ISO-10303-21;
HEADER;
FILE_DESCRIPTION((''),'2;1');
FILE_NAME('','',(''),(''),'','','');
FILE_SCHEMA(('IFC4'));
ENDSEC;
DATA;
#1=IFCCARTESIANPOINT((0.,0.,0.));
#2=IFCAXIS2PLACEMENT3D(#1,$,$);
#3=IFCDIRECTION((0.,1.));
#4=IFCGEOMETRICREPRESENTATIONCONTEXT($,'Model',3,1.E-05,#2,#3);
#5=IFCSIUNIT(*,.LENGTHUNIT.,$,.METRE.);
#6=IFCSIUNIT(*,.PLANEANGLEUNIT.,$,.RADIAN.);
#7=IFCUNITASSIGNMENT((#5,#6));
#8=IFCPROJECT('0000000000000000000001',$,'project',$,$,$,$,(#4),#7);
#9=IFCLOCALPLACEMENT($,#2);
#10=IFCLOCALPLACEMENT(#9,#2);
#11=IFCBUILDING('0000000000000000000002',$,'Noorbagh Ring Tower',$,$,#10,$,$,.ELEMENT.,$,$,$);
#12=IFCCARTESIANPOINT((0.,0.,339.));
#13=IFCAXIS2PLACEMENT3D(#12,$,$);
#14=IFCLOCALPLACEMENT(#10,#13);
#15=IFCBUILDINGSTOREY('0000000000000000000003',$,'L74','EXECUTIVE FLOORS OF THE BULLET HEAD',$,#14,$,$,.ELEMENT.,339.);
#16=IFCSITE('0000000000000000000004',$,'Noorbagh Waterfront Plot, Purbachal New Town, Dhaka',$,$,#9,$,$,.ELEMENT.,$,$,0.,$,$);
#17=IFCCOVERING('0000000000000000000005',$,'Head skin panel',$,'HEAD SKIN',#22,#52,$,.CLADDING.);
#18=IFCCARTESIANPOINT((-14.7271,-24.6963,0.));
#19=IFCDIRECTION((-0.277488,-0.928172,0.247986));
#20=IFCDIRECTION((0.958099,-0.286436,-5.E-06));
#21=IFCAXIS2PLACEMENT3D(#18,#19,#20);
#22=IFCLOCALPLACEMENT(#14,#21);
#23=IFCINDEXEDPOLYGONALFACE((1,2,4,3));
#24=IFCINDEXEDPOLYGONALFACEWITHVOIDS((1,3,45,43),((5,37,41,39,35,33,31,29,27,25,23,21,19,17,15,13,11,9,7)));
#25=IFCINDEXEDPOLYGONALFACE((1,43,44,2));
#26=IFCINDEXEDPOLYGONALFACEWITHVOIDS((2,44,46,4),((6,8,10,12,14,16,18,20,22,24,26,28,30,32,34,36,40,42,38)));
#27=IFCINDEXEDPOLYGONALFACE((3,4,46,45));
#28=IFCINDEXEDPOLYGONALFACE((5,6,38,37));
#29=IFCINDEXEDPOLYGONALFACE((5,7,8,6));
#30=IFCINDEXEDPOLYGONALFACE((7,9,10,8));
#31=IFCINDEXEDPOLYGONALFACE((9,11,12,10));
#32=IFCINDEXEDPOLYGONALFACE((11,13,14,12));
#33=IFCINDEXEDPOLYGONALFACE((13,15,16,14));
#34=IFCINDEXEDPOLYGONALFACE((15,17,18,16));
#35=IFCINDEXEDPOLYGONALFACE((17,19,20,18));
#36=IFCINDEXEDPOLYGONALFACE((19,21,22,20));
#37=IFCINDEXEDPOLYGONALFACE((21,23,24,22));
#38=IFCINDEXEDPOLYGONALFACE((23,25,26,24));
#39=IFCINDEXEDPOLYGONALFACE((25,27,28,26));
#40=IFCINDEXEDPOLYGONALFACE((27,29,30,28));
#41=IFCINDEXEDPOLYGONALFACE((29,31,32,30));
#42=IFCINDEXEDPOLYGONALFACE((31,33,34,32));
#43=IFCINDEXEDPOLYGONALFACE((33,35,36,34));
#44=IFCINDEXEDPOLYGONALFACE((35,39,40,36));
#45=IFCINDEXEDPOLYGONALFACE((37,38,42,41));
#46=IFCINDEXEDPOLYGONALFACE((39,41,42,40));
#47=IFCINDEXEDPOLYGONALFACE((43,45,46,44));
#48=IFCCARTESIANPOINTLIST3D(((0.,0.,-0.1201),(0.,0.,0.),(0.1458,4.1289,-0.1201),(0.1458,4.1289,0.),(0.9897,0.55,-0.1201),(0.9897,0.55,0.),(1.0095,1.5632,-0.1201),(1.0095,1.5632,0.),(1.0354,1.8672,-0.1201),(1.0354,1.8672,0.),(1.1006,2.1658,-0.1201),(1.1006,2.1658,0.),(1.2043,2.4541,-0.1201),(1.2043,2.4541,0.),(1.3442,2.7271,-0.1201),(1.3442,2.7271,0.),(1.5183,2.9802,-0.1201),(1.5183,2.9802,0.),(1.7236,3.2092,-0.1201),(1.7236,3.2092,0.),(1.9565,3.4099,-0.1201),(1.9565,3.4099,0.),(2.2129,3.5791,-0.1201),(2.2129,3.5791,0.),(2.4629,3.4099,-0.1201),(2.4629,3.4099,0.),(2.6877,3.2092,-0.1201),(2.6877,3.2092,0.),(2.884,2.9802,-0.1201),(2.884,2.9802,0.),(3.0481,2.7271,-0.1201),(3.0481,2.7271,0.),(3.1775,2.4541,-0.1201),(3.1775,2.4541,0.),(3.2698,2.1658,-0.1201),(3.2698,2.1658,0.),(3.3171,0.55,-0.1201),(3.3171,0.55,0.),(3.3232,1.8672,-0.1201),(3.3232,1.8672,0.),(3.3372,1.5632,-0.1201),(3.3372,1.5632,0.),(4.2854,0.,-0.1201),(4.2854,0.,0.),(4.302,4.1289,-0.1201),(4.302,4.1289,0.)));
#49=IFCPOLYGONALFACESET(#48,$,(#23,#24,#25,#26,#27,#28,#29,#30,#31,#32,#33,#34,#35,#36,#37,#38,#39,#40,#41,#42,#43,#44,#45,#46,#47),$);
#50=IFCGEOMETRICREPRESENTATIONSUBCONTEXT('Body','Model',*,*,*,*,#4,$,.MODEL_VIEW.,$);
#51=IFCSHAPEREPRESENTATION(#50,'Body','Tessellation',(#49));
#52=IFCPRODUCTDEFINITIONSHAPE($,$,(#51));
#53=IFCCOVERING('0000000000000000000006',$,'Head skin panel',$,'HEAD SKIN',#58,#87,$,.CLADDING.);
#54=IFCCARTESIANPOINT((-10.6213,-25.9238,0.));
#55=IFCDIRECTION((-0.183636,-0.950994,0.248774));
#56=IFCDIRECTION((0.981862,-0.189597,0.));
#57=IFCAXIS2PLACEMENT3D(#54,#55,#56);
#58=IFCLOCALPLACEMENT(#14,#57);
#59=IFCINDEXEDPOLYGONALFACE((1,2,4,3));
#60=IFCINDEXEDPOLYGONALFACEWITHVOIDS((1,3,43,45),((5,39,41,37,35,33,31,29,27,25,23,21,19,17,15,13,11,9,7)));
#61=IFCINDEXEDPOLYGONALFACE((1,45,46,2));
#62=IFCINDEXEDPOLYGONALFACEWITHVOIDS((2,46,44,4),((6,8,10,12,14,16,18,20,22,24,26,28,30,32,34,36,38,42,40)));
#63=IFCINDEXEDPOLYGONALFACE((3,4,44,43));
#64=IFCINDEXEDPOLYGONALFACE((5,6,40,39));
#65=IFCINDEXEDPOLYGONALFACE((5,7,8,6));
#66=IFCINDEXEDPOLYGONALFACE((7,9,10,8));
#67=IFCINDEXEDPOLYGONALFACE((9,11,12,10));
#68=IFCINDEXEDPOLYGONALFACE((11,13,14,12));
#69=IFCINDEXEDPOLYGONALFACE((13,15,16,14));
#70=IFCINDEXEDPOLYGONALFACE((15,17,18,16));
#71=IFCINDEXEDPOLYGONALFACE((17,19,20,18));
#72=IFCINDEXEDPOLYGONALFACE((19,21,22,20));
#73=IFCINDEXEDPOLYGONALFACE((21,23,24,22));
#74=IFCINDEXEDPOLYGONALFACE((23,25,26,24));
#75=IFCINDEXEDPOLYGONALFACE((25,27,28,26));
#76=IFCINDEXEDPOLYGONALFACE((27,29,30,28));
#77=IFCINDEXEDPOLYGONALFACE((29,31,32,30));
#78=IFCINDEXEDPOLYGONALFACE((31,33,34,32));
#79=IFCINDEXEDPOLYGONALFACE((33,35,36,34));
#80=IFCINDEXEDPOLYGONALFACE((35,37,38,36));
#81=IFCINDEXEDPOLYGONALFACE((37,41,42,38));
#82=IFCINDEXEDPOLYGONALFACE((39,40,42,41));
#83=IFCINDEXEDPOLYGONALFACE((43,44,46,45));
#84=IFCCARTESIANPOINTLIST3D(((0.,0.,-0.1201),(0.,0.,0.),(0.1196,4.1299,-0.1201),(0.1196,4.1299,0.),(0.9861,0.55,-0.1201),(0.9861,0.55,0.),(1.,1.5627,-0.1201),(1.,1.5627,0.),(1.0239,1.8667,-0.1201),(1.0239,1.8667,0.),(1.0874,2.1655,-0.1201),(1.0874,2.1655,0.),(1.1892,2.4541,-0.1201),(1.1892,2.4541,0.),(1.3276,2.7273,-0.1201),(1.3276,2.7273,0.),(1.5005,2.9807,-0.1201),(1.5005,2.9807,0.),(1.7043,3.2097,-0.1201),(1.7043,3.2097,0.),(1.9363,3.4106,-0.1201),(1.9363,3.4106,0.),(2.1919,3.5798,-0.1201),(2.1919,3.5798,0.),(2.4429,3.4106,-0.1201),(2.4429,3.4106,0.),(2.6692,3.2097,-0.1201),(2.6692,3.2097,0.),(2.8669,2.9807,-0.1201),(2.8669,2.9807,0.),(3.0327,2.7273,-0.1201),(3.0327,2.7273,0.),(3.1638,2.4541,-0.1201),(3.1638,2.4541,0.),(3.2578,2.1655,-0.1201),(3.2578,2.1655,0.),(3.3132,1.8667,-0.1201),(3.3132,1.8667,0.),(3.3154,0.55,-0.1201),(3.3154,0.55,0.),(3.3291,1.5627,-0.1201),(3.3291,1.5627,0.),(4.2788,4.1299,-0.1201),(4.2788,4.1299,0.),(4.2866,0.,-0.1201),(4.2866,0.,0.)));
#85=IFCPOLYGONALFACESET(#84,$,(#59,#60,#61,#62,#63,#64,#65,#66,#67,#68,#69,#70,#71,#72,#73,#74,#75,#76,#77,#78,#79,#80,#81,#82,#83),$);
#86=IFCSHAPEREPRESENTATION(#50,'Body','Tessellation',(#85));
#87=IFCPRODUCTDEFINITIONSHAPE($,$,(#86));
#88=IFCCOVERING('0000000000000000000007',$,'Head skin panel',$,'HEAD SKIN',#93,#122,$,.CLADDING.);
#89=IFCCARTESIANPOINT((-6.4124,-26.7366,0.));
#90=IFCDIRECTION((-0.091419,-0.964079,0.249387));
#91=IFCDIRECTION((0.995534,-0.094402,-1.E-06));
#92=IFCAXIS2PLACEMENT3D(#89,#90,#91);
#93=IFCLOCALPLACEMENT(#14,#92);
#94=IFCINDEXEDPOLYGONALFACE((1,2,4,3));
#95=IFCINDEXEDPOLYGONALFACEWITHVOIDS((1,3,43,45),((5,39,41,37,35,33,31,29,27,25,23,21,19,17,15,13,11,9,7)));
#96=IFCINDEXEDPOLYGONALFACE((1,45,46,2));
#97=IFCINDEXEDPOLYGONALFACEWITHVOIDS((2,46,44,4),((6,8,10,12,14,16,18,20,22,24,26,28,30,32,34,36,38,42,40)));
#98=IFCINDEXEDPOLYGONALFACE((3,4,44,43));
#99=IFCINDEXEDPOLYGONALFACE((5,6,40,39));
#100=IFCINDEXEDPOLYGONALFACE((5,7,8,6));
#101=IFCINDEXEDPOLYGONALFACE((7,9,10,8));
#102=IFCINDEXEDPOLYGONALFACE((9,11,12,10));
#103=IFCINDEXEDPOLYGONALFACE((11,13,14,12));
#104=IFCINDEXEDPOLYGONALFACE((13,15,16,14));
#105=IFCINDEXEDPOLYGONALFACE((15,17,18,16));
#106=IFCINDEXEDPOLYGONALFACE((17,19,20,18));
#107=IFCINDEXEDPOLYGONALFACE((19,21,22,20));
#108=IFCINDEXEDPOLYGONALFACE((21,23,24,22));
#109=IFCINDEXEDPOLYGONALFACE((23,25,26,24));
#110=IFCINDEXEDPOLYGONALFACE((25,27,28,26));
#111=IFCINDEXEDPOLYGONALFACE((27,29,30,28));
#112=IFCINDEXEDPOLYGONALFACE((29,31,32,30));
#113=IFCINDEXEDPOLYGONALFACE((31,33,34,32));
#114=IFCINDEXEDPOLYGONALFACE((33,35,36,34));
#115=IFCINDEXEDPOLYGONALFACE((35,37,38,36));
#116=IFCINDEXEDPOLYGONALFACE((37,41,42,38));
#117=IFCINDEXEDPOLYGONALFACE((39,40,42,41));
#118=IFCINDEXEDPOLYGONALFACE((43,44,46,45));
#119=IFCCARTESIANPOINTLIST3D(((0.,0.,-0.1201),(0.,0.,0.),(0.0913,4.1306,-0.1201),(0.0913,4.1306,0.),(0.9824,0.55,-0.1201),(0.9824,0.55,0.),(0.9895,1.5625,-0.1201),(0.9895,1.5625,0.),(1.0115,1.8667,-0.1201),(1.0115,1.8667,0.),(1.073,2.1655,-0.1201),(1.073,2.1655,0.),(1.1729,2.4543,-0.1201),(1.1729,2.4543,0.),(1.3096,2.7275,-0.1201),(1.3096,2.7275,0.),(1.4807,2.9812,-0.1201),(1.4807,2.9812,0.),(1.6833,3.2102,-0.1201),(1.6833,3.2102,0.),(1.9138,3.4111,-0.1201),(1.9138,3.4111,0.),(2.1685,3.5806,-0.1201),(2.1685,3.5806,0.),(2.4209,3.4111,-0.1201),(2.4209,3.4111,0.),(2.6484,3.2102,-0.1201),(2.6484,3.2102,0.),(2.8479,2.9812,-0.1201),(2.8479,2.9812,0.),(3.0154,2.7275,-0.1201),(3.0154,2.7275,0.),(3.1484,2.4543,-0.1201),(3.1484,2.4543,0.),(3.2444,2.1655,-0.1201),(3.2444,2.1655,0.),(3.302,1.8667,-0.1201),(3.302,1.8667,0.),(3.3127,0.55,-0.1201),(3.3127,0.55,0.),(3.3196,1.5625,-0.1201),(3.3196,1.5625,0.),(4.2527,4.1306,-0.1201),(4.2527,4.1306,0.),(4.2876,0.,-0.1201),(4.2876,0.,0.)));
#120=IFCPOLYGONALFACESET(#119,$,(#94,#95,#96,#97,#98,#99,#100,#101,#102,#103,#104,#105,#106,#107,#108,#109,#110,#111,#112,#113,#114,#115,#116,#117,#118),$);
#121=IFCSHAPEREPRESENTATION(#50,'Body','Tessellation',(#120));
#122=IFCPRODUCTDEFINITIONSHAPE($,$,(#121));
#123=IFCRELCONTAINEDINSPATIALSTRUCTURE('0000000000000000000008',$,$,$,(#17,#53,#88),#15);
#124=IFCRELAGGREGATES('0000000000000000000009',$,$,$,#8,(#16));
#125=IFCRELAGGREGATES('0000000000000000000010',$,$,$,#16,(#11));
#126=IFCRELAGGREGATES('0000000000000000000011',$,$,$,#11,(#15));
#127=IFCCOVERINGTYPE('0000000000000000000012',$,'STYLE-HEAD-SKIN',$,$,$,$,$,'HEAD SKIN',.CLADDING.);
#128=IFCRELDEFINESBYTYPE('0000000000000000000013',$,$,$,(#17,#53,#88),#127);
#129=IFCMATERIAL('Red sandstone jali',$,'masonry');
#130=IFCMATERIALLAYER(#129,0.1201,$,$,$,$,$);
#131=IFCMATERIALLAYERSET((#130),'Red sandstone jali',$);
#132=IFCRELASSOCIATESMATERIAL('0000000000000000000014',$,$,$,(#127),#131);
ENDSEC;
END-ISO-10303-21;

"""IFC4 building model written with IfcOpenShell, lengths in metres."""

from ifc_helpers import new_model, si_unit, direction, frame, origin, place, context, subcontext, project, spatial, polyline, outline, extrude, material, layer, layer_set, type_object, element, save


model = new_model("IFC4")

# Units and contexts
model_context = context("Model", 3, precision=1e-05, world=origin(), true_north=direction((0.0, 1.0)))
body_context = subcontext(model_context, "Body", "Model", "MODEL_VIEW")
ifc_project = project(units=[si_unit("LENGTHUNIT", "METRE"), si_unit("PLANEANGLEUNIT", "RADIAN")], contexts=[model_context])

# Site, building, storey
site_placement = place(None, origin())
site = spatial("IfcSite", under=ifc_project, at=site_placement, Name="Noorbagh Waterfront Plot, Purbachal New Town, Dhaka", CompositionType="ELEMENT", RefElevation=0.0)
building_placement = place(site_placement, origin())
building = spatial("IfcBuilding", under=site, at=building_placement, Name="Noorbagh Ring Tower", CompositionType="ELEMENT")
storey_placement = place(building_placement, frame((0.0, 0.0, 339.0)))
storey = spatial("IfcBuildingStorey", under=building, at=storey_placement, Name="L74", Description="EXECUTIVE FLOORS OF THE BULLET HEAD", CompositionType="ELEMENT", Elevation=339.0)

# Coverings
ifc_material_1 = material(Name="Red sandstone jali", Category="masonry")
ifc_layer_1 = layer(ifc_material_1, 0.1201)
ifc_layer_set_1 = layer_set([ifc_layer_1], Name="Red sandstone jali")
covering_type_1 = type_object("IfcCoveringType", Name="STYLE-HEAD-SKIN", ElementType="HEAD SKIN", PredefinedType="CLADDING", material=ifc_layer_set_1)
covering_1_placement = place(storey_placement, frame((-14.7271, -24.6963, 0.0), z_axis=(-0.277488, -0.928172, 0.247986), x_axis=(0.958099, -0.286436, -0.000005)))
element("IfcCovering", 1, at=covering_1_placement, inside=storey, type_object=covering_type_1, Name="Head skin panel", ObjectType="HEAD SKIN", PredefinedType="CLADDING", context=body_context, shape_type="SweptSolid", body=[
    extrude(outline(polyline([(0.0, 0.0), (4.2854, 0.0), (4.302, 4.1289), (0.1458, 4.1289), (0.0, 0.0)]), holes=[polyline([(0.9897, 0.55), (1.0095, 1.5632), (1.0354, 1.8672), (1.1006, 2.1658), (1.2043, 2.4541), (1.3442, 2.7271), (1.5183, 2.9802), (1.7236, 3.2092), (1.9565, 3.4099), (2.2129, 3.5791), (2.4629, 3.4099), (2.6877, 3.2092), (2.884, 2.9802), (3.0481, 2.7271), (3.1775, 2.4541), (3.2698, 2.1658), (3.3232, 1.8672), (3.3372, 1.5632), (3.3171, 0.55), (0.9897, 0.55)])]), origin(), (0.0, 0.0, -1.0), 0.1201),
])
covering_2_placement = place(storey_placement, frame((-10.6213, -25.9238, 0.0), z_axis=(-0.183636, -0.950994, 0.248774), x_axis=(0.981862, -0.189597, 0.0)))
element("IfcCovering", 2, at=covering_2_placement, inside=storey, type_object=covering_type_1, Name="Head skin panel", ObjectType="HEAD SKIN", PredefinedType="CLADDING", context=body_context, shape_type="SweptSolid", body=[
    extrude(outline(polyline([(0.0, 0.0), (4.2866, 0.0), (4.2788, 4.1299), (0.1196, 4.1299), (0.0, 0.0)]), holes=[polyline([(0.9861, 0.55), (1.0, 1.5627), (1.0239, 1.8667), (1.0874, 2.1655), (1.1892, 2.4541), (1.3276, 2.7273), (1.5005, 2.9807), (1.7043, 3.2097), (1.9363, 3.4106), (2.1919, 3.5798), (2.4429, 3.4106), (2.6692, 3.2097), (2.8669, 2.9807), (3.0327, 2.7273), (3.1638, 2.4541), (3.2578, 2.1655), (3.3132, 1.8667), (3.3291, 1.5627), (3.3154, 0.55), (0.9861, 0.55)])]), origin(), (0.0, 0.0, -1.0), 0.1201),
])
covering_3_placement = place(storey_placement, frame((-6.4124, -26.7366, 0.0), z_axis=(-0.091419, -0.964079, 0.249387), x_axis=(0.995534, -0.094402, -0.000001)))
element("IfcCovering", 3, at=covering_3_placement, inside=storey, type_object=covering_type_1, Name="Head skin panel", ObjectType="HEAD SKIN", PredefinedType="CLADDING", context=body_context, shape_type="SweptSolid", body=[
    extrude(outline(polyline([(0.0, 0.0), (4.2876, 0.0), (4.2527, 4.1306), (0.0913, 4.1306), (0.0, 0.0)]), holes=[polyline([(0.9824, 0.55), (0.9895, 1.5625), (1.0115, 1.8667), (1.073, 2.1655), (1.1729, 2.4543), (1.3096, 2.7275), (1.4807, 2.9812), (1.6833, 3.2102), (1.9138, 3.4111), (2.1685, 3.5806), (2.4209, 3.4111), (2.6484, 3.2102), (2.8479, 2.9812), (3.0154, 2.7275), (3.1484, 2.4543), (3.2444, 2.1655), (3.302, 1.8667), (3.3196, 1.5625), (3.3127, 0.55), (0.9824, 0.55)])]), origin(), (0.0, 0.0, -1.0), 0.1201),
])

save(model, "model.ifc")
